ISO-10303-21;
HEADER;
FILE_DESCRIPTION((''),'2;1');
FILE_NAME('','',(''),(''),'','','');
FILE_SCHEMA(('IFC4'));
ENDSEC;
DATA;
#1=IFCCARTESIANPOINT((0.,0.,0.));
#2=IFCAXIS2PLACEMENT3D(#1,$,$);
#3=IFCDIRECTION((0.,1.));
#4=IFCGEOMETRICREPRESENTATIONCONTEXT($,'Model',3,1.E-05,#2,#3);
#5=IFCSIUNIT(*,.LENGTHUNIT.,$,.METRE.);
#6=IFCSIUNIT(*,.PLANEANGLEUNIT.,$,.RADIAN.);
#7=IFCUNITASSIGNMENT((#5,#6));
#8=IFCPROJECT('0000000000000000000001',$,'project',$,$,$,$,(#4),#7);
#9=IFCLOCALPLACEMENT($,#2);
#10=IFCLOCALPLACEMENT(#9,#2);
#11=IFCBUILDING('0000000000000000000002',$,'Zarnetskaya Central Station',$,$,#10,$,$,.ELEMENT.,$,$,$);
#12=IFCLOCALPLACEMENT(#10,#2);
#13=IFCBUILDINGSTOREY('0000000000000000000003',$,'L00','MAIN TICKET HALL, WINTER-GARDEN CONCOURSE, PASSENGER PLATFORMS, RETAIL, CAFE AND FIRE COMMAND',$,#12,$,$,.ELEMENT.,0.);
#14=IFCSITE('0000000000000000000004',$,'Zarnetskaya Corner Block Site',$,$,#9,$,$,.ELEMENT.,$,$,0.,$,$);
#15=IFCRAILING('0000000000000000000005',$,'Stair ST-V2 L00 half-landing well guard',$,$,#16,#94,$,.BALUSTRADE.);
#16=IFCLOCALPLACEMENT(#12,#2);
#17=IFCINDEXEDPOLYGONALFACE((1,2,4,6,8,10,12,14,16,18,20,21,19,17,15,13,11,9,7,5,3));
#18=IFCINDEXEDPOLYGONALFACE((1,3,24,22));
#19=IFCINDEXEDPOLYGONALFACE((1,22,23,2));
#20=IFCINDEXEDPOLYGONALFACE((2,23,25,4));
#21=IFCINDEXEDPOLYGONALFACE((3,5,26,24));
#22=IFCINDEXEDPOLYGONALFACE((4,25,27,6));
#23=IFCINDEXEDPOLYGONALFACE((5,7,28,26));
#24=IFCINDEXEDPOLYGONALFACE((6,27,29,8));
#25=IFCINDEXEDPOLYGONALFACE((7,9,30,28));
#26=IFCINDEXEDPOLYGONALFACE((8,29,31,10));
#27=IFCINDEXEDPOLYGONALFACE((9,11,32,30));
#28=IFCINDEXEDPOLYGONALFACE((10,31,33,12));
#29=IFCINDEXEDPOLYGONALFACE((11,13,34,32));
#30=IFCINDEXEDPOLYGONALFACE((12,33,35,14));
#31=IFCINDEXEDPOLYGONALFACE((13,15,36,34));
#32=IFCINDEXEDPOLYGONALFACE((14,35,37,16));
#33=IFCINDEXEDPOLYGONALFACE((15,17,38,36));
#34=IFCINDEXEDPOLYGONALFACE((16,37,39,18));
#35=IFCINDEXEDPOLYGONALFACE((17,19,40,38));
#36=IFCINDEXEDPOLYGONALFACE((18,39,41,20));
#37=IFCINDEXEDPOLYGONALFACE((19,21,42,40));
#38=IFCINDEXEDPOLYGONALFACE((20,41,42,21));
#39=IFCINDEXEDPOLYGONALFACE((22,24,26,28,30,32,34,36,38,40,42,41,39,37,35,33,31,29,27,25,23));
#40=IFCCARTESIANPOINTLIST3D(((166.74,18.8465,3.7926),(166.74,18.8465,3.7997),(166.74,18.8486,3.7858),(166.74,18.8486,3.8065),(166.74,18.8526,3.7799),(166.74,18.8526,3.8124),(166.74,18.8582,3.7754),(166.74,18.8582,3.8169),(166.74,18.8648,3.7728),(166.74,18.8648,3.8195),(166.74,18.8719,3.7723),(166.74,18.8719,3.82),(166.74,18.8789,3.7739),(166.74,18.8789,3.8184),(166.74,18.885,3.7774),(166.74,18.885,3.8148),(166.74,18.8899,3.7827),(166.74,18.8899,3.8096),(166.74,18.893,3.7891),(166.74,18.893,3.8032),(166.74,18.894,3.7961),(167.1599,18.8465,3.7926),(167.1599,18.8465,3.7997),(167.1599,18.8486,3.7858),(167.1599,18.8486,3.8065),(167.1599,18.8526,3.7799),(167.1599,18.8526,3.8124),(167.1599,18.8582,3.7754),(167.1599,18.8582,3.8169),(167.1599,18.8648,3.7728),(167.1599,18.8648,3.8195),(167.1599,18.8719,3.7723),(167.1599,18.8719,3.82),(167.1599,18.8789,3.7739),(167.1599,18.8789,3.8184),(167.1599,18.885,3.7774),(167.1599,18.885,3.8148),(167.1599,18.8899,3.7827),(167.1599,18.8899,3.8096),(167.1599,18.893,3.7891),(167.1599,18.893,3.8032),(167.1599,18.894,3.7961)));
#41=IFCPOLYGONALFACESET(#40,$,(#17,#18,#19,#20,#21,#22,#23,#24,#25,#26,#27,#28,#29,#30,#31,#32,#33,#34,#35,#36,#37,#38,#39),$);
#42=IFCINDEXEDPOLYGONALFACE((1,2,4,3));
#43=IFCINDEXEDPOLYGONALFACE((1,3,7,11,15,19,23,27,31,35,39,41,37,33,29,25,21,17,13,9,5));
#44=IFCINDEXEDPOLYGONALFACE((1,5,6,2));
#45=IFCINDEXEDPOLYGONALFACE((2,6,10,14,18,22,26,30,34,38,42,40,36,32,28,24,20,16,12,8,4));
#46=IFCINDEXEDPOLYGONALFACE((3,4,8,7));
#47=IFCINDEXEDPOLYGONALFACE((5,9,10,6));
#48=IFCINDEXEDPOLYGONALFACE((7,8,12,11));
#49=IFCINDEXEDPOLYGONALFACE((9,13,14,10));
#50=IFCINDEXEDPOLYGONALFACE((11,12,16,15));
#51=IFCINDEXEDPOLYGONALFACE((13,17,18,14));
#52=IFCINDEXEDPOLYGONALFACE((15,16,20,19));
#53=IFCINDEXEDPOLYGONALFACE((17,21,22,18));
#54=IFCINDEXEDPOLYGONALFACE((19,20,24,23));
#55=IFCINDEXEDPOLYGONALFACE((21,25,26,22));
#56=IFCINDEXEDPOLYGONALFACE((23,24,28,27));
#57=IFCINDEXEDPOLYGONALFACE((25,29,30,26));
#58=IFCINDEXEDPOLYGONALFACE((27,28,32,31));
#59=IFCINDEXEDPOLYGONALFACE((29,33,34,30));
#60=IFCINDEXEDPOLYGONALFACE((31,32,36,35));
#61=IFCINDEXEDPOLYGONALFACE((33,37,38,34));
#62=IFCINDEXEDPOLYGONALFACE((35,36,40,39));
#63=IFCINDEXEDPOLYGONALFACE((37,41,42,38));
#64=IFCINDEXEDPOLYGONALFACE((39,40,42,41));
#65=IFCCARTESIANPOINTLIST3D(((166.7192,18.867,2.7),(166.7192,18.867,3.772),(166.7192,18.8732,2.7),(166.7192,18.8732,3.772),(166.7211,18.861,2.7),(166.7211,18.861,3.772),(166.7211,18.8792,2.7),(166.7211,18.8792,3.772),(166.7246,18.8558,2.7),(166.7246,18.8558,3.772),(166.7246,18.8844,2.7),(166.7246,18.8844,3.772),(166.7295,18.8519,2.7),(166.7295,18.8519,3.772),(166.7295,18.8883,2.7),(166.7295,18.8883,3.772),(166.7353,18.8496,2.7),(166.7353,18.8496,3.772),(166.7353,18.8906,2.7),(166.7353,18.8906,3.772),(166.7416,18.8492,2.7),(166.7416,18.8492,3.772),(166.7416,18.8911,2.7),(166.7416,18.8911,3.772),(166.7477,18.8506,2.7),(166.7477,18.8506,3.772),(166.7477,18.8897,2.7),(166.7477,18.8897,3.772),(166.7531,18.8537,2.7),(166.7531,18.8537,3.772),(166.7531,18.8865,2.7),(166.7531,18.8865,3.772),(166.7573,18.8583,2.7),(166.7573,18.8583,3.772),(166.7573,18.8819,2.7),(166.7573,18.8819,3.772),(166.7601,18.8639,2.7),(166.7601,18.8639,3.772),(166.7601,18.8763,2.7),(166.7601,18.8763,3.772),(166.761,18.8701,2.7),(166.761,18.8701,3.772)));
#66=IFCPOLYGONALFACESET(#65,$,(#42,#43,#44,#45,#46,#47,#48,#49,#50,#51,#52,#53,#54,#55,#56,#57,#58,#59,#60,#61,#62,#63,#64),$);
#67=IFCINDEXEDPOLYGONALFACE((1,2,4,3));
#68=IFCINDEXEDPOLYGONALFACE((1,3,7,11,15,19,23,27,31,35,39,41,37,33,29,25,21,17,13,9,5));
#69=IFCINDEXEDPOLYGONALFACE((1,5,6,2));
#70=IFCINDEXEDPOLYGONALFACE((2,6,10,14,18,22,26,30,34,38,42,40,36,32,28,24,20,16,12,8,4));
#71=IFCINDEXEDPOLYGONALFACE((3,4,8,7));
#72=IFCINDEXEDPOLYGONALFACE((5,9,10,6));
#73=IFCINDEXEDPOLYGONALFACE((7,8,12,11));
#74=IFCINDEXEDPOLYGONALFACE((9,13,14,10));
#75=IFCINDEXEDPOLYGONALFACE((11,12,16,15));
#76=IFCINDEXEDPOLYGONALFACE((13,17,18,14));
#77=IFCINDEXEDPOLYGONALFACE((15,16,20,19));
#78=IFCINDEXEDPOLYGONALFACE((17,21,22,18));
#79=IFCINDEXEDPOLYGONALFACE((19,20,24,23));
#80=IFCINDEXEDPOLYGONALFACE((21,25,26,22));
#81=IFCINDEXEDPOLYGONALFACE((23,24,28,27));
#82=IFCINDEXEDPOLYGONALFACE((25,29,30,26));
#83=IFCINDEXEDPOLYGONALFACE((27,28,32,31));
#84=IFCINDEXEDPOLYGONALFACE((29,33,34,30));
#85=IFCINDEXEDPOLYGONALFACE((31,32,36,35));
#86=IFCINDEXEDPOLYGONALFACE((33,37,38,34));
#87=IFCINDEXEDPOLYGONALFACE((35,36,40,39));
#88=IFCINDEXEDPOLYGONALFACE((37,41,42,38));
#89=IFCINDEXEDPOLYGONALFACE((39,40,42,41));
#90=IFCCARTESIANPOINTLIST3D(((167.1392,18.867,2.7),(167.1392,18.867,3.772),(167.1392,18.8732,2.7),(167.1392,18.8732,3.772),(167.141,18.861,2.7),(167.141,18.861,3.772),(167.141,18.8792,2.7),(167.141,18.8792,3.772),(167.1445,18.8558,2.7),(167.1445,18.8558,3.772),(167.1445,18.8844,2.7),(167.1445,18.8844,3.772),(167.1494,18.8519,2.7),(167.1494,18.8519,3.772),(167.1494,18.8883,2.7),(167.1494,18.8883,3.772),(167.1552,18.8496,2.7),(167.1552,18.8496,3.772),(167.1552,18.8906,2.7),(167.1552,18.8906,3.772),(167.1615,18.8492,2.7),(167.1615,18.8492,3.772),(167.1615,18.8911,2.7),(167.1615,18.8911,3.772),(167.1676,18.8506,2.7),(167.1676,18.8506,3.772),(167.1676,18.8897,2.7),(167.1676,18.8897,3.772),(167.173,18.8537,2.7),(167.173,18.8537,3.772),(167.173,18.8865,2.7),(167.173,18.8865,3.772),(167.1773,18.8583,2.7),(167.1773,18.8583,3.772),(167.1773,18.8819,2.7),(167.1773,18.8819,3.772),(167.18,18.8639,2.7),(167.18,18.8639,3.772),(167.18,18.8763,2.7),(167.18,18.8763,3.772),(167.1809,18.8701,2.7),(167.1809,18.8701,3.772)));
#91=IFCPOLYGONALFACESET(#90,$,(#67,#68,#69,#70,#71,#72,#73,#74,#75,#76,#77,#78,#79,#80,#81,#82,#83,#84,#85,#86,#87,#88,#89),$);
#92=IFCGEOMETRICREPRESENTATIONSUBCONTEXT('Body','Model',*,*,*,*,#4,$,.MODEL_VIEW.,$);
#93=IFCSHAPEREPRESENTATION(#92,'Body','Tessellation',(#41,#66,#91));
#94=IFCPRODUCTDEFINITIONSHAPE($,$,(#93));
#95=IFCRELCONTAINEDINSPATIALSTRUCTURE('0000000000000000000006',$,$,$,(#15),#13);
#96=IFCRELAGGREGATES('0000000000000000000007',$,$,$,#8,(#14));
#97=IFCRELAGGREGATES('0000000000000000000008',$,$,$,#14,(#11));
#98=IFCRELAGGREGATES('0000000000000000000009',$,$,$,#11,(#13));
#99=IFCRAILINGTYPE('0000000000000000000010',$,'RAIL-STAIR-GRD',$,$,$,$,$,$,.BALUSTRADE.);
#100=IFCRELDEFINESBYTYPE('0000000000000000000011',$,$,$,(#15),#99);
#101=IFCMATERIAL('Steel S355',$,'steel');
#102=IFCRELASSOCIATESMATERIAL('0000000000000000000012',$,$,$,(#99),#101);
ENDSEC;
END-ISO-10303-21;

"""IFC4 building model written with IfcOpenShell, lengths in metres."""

from ifc_helpers import new_model, si_unit, direction, frame, origin, origin_2d, place, context, subcontext, project, spatial, circle, extrude, material, type_object, element, save


model = new_model("IFC4")

# Units and contexts
model_context = context("Model", 3, precision=1e-05, world=origin(), true_north=direction((0.0, 1.0)))
body_context = subcontext(model_context, "Body", "Model", "MODEL_VIEW")
ifc_project = project(units=[si_unit("LENGTHUNIT", "METRE"), si_unit("PLANEANGLEUNIT", "RADIAN")], contexts=[model_context])

# Site, building, storey
site_placement = place(None, origin())
site = spatial("IfcSite", under=ifc_project, at=site_placement, Name="Zarnetskaya Corner Block Site", CompositionType="ELEMENT", RefElevation=0.0)
building_placement = place(site_placement, origin())
building = spatial("IfcBuilding", under=site, at=building_placement, Name="Zarnetskaya Central Station", CompositionType="ELEMENT")
storey_placement = place(building_placement, origin())
storey = spatial("IfcBuildingStorey", under=building, at=storey_placement, Name="L00", Description="MAIN TICKET HALL, WINTER-GARDEN CONCOURSE, PASSENGER PLATFORMS, RETAIL, CAFE AND FIRE COMMAND", CompositionType="ELEMENT", Elevation=0.0)

# Shared definitions
ifc_material_1 = material(Name="Steel S355", Category="steel")

# Railing
railing_type_1 = type_object("IfcRailingType", Name="RAIL-STAIR-GRD", PredefinedType="BALUSTRADE", material=ifc_material_1)
railing_1_placement = place(storey_placement, frame((166.74, 18.8701, 2.7)))
element("IfcRailing", 1, at=railing_1_placement, inside=storey, type_object=railing_type_1, Name="Stair ST-V2 L00 half-landing well guard", PredefinedType="BALUSTRADE", context=body_context, shape_type="SweptSolid", body=[
    extrude(circle(Radius=0.0239, at=origin_2d()), frame((0.0, 0.0, 1.0962), z_axis=(1.0, 0.0, 0.0), x_axis=(0.0, 1.0, 0.0)), (0.0, 0.0, 1.0), 0.4199),
    extrude(circle(Radius=0.021, at=origin_2d()), origin(), (0.0, 0.0, 1.0), 1.072),
    extrude(circle(Radius=0.021, at=origin_2d()), frame((0.4199, 0.0, 0.0)), (0.0, 0.0, 1.0), 1.072),
])

save(model, "model.ifc")
